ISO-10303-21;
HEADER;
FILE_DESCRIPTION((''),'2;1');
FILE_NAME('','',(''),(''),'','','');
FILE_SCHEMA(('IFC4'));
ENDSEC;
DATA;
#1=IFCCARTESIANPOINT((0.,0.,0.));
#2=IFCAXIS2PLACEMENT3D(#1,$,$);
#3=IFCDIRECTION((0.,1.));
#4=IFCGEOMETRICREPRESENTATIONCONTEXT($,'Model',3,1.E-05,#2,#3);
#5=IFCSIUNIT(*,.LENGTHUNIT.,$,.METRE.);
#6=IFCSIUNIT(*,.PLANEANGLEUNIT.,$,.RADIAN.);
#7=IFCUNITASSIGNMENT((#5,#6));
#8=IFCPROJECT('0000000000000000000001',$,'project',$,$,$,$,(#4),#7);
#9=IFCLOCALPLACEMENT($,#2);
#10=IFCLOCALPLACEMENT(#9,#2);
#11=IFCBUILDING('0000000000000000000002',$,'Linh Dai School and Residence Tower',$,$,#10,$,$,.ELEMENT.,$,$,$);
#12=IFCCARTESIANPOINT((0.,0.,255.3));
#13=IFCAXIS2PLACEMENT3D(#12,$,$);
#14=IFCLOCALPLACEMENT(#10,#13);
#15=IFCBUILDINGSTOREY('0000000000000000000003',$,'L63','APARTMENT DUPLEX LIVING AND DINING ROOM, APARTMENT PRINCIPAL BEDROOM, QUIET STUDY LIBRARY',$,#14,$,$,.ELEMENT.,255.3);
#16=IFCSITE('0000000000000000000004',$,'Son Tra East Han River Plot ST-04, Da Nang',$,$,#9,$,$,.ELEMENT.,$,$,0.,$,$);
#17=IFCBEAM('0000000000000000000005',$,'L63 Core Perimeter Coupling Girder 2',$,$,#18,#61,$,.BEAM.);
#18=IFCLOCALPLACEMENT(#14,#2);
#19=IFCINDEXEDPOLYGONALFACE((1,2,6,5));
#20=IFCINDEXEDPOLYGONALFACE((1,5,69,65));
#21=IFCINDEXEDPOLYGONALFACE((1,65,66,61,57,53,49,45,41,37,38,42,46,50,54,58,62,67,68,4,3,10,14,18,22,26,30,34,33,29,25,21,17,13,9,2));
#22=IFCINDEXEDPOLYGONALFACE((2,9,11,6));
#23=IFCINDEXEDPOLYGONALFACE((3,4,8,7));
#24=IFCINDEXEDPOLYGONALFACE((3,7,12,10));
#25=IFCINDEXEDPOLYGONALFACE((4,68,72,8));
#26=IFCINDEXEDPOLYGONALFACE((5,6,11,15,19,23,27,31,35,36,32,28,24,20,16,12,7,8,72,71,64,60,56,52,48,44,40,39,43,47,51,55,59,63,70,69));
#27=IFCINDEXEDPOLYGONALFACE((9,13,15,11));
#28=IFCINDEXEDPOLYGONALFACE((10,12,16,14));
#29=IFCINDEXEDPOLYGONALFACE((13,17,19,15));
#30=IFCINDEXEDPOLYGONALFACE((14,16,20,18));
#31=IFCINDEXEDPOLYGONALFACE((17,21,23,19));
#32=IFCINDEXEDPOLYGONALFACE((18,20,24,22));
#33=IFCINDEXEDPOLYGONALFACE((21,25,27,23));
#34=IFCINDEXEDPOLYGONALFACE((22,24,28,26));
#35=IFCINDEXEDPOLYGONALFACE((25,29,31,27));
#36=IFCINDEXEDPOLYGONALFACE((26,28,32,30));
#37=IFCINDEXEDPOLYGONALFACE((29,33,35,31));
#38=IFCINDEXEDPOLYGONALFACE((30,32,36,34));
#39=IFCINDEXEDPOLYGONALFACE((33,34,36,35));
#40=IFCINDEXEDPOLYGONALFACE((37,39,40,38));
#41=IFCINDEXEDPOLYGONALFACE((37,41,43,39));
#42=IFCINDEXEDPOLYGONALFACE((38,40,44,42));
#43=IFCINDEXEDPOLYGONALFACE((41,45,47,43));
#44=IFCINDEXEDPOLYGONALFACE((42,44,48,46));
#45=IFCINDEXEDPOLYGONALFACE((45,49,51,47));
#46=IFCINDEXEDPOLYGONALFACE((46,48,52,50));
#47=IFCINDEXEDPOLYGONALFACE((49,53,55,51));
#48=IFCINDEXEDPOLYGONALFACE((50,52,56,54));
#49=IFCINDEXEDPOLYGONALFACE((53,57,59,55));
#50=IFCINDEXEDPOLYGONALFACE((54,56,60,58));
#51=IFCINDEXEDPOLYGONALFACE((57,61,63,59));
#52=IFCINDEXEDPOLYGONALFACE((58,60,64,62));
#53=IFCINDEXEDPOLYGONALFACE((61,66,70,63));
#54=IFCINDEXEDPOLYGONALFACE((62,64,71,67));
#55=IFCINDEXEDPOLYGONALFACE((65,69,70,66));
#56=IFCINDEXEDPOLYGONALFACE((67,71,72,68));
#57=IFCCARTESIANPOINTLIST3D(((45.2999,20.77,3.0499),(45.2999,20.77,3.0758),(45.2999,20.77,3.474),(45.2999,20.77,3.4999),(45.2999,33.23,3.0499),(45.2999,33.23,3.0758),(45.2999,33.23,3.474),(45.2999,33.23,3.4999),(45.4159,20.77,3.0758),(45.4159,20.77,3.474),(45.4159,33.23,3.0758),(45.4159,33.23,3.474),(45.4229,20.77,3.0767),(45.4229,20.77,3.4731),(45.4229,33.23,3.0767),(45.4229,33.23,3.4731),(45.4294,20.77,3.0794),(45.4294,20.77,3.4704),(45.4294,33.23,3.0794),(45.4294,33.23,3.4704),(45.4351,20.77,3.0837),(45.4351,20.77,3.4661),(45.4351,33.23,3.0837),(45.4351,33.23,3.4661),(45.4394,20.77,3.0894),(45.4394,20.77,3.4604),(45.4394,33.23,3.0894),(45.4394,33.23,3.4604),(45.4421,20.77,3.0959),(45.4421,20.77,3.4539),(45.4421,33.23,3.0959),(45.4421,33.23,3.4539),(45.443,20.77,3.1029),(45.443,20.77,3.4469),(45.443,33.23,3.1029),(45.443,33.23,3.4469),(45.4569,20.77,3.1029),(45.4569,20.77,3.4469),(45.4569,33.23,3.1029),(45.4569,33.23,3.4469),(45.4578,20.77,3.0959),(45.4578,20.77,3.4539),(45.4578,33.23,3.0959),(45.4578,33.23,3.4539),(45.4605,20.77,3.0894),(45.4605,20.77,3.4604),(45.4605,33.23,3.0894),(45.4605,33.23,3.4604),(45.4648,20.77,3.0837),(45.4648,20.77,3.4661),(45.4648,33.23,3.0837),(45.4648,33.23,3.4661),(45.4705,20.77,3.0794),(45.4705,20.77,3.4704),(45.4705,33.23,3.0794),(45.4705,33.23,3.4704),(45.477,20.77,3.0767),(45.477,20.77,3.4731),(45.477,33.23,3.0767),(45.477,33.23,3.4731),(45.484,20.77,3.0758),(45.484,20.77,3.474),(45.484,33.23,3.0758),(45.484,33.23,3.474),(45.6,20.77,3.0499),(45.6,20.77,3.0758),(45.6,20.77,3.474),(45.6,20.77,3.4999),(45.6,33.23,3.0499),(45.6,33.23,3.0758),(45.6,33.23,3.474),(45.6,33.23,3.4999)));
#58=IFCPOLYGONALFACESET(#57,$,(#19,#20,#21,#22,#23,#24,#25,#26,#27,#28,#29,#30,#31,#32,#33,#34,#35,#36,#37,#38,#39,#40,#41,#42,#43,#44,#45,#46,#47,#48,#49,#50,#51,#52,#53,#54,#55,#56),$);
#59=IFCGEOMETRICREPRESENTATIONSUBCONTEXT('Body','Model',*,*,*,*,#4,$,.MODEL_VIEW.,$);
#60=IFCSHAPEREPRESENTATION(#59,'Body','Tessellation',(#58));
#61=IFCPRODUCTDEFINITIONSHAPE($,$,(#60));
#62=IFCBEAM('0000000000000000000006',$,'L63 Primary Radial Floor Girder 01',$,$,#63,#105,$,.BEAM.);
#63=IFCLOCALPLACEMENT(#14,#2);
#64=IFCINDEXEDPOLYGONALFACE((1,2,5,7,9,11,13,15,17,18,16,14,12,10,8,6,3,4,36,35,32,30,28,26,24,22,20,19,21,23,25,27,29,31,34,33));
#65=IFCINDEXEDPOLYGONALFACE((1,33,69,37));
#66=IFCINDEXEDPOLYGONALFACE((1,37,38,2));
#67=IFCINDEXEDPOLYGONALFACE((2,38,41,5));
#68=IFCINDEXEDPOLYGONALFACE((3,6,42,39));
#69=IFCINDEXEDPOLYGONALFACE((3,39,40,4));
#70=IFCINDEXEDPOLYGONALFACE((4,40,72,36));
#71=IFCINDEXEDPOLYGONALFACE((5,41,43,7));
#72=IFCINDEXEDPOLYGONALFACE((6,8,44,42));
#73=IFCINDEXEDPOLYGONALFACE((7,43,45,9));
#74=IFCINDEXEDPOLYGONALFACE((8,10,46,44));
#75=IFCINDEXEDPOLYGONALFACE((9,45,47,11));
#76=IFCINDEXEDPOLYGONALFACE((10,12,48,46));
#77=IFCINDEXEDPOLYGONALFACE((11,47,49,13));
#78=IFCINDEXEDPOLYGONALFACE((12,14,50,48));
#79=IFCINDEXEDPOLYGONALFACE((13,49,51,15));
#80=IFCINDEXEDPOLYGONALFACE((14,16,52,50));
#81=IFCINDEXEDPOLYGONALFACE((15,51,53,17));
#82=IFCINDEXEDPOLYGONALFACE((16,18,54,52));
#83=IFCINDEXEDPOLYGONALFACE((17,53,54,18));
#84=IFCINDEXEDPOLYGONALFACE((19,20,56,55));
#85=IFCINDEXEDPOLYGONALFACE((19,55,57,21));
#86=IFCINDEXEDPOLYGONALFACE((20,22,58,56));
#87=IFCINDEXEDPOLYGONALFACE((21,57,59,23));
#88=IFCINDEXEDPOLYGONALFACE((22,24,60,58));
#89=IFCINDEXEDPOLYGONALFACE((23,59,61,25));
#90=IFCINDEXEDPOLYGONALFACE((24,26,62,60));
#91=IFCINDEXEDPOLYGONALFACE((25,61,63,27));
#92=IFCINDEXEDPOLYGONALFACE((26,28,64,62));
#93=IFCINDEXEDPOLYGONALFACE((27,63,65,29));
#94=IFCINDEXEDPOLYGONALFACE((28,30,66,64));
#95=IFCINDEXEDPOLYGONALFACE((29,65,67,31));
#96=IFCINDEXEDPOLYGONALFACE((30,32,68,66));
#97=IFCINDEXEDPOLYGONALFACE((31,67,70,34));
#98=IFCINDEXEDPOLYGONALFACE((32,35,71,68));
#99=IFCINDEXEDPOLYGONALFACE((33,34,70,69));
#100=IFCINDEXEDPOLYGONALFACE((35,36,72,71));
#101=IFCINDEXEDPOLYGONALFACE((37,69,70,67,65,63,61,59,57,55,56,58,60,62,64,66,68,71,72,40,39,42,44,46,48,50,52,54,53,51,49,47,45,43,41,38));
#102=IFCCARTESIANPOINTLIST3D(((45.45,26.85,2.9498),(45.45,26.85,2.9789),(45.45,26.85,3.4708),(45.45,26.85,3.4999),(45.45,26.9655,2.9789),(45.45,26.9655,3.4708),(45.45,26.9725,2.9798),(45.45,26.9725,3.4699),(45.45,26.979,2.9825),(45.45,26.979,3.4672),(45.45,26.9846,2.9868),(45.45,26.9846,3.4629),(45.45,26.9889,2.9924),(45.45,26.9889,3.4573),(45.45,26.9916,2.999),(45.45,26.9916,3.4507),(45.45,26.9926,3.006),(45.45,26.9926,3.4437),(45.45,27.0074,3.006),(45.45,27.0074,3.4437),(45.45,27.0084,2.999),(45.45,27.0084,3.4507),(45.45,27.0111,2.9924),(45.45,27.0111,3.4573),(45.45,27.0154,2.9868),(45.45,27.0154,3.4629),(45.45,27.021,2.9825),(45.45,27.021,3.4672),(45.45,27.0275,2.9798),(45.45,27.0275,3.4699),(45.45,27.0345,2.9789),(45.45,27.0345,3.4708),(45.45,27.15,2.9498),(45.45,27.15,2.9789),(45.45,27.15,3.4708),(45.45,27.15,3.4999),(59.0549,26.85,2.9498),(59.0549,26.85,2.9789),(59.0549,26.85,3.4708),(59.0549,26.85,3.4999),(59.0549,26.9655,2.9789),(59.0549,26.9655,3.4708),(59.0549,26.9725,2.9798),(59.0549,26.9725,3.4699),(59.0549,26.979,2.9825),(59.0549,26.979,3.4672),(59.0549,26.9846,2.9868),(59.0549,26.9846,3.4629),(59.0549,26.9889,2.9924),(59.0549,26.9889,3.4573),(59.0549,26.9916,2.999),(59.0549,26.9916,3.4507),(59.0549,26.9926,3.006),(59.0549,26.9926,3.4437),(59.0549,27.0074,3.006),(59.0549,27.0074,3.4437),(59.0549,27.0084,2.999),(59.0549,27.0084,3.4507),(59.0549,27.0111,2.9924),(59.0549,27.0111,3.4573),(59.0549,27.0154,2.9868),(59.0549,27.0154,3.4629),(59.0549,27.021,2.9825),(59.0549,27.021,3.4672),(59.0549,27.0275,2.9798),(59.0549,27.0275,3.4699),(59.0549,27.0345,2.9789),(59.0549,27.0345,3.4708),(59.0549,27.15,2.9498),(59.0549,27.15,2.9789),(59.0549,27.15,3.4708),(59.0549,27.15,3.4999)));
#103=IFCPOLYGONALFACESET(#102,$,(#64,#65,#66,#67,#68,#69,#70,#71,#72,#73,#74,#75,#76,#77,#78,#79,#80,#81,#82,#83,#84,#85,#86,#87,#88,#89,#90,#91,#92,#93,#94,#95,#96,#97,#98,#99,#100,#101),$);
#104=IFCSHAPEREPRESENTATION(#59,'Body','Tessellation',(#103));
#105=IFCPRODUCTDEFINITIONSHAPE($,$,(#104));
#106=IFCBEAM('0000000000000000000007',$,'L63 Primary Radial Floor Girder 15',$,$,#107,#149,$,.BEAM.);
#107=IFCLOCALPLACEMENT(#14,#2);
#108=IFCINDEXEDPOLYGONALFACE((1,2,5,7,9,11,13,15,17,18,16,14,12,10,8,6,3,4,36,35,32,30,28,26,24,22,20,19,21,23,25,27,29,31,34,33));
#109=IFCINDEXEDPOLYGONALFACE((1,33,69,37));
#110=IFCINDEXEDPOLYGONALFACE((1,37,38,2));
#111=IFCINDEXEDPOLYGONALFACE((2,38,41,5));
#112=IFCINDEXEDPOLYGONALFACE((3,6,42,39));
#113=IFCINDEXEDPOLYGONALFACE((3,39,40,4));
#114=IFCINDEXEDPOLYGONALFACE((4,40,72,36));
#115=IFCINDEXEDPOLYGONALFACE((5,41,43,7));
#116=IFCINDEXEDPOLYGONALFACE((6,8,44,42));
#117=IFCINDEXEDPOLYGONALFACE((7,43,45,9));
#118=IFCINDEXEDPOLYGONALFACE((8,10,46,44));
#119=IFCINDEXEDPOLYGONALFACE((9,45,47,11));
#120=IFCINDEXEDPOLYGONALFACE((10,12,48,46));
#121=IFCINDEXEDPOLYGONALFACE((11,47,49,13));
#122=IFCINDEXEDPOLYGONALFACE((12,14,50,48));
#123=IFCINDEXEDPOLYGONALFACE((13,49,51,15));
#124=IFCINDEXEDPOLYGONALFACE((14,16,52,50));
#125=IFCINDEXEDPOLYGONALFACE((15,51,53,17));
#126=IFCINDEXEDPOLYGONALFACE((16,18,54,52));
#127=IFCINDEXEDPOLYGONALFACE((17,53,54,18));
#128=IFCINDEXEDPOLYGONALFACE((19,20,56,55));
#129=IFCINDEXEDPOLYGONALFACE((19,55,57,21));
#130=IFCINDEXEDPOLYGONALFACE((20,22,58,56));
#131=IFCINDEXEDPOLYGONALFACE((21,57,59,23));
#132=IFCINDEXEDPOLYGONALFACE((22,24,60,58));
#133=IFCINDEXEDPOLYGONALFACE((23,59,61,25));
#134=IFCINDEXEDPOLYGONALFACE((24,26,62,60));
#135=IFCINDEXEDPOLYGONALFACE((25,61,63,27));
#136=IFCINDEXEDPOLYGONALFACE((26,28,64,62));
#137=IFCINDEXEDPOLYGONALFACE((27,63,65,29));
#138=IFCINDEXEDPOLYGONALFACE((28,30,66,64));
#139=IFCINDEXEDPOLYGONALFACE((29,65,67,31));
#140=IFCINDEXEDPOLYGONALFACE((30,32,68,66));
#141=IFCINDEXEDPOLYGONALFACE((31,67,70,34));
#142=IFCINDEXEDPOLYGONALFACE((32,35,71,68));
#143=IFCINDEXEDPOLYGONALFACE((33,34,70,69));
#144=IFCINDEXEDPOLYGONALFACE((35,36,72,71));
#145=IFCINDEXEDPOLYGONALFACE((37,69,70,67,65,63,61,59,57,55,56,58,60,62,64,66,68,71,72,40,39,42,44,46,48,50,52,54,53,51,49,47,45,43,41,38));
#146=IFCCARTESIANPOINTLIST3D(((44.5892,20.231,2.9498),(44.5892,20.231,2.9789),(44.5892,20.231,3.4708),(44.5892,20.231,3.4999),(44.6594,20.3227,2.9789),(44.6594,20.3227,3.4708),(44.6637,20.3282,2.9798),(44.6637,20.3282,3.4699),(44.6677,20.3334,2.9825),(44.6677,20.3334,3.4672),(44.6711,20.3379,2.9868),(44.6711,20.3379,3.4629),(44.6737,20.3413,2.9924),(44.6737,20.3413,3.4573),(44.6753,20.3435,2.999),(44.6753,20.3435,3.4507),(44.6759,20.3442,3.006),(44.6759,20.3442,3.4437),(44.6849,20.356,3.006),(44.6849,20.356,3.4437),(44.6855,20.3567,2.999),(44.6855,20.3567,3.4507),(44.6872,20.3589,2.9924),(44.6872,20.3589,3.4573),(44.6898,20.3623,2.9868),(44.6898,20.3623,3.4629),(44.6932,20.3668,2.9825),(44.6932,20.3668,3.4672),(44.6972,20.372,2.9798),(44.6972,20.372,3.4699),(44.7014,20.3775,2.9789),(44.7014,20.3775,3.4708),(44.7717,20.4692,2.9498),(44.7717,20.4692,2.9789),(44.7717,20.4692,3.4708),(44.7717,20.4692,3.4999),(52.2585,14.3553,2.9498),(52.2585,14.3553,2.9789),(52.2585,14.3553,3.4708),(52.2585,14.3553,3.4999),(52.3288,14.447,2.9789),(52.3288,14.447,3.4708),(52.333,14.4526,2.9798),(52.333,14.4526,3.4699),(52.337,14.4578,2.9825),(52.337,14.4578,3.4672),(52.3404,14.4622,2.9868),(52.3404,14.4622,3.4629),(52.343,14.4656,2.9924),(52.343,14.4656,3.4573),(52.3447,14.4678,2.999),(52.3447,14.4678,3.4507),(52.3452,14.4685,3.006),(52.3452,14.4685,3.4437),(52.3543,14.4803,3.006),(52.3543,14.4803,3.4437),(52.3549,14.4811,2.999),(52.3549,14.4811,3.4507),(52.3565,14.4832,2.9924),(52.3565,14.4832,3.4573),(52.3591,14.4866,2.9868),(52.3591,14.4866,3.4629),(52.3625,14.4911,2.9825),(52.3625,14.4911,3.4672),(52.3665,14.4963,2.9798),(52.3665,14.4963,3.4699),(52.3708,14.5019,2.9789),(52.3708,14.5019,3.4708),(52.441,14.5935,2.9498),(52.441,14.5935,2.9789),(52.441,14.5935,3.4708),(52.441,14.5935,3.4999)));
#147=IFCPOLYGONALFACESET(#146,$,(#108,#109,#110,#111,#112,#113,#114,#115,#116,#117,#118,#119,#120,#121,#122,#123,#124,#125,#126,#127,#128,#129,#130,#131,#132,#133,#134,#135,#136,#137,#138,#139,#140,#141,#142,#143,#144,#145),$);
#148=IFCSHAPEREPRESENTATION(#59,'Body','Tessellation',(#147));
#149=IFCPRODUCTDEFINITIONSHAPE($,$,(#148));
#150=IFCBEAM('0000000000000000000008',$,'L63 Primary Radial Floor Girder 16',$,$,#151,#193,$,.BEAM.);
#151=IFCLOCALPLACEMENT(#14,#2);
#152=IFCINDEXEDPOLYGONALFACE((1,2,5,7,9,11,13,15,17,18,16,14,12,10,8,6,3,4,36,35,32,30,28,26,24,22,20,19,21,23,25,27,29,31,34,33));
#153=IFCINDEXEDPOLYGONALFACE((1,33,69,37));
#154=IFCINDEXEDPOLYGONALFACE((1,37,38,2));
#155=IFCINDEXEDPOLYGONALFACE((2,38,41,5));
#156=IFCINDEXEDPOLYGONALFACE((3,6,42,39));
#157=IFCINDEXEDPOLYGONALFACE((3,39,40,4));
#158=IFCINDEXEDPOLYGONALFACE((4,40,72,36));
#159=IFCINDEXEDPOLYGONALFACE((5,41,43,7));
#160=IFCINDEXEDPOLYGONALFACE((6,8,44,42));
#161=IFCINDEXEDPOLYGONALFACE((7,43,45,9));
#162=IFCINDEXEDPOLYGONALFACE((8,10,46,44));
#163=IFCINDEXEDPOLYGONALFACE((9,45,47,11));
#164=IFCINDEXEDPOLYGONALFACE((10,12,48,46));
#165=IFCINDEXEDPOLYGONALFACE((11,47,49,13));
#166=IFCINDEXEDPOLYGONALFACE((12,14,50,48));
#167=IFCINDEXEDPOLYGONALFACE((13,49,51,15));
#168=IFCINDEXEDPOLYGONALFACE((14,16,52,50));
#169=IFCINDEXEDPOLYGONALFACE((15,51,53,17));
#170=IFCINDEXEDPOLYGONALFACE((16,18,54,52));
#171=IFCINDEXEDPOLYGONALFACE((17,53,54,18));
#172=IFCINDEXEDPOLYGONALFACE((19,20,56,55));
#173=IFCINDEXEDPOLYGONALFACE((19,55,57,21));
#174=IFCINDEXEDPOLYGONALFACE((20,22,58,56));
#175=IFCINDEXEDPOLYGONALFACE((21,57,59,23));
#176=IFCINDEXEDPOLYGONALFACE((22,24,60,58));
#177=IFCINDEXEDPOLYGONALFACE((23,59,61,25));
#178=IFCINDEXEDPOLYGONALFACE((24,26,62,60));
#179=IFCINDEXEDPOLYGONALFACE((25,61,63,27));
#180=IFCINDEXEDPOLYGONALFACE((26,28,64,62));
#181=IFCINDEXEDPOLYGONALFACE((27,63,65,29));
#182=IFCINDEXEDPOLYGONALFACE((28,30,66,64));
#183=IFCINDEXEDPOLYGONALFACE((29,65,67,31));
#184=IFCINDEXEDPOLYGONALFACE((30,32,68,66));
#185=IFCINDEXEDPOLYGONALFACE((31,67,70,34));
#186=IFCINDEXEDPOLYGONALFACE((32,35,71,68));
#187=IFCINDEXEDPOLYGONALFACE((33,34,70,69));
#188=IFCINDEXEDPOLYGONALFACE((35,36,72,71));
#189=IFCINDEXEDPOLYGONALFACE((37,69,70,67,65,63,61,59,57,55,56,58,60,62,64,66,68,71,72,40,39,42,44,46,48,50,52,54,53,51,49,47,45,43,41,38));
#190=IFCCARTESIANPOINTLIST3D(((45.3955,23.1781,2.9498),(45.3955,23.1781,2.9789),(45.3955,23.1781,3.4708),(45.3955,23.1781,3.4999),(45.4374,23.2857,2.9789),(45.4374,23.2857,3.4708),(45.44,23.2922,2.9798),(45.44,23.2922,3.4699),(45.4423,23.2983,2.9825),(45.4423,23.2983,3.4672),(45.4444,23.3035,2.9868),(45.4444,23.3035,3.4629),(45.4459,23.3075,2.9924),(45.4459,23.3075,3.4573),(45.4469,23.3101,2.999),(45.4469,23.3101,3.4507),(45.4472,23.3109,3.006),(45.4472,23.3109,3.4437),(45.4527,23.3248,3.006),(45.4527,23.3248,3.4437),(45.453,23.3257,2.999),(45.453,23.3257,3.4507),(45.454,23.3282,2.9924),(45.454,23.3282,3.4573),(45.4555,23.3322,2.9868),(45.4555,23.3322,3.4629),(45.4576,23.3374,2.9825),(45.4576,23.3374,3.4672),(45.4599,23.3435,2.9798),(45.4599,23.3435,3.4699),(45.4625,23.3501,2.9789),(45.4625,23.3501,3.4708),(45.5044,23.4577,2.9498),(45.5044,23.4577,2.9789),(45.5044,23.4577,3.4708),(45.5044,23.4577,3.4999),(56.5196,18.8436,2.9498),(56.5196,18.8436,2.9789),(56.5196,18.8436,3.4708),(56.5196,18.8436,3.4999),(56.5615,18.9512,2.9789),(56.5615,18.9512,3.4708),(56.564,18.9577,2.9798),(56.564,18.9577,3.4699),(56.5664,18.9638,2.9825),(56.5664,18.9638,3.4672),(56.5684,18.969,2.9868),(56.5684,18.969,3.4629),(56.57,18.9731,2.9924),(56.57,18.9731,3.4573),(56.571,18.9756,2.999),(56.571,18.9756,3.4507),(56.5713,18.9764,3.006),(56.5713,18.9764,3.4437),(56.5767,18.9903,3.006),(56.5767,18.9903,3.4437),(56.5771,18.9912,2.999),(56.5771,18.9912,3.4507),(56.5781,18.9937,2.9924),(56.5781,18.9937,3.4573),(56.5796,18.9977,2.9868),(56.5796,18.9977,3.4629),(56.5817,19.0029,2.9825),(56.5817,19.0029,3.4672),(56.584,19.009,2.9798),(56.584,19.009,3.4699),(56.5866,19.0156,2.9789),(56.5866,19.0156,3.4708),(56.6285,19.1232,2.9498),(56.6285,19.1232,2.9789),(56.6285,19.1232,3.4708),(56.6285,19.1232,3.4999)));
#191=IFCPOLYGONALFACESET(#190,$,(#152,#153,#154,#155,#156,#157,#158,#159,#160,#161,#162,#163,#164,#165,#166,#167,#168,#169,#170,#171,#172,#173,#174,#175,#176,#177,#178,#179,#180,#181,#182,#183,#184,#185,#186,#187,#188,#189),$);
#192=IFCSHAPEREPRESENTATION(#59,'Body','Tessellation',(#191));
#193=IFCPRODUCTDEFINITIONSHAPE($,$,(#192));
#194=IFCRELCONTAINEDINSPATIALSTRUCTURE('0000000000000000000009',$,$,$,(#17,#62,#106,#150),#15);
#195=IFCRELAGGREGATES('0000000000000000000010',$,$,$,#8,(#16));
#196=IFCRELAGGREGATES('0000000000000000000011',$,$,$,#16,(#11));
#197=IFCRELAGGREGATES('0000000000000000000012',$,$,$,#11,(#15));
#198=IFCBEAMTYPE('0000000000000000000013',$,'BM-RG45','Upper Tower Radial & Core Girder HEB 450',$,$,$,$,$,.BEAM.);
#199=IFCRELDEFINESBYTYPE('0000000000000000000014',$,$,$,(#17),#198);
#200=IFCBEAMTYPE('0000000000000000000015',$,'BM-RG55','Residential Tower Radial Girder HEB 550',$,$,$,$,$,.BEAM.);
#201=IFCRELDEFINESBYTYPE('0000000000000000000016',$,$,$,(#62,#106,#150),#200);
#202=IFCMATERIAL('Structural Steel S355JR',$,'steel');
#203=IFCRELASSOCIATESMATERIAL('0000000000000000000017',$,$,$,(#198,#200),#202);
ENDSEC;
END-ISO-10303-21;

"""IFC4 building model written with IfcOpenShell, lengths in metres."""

from ifc_helpers import new_model, si_unit, direction, frame, origin, origin_2d, place, context, subcontext, project, spatial, i_section, extrude, material, material_profile, profile_set, type_object, element, save


model = new_model("IFC4")

# Units and contexts
model_context = context("Model", 3, precision=1e-05, world=origin(), true_north=direction((0.0, 1.0)))
body_context = subcontext(model_context, "Body", "Model", "MODEL_VIEW")
ifc_project = project(units=[si_unit("LENGTHUNIT", "METRE"), si_unit("PLANEANGLEUNIT", "RADIAN")], contexts=[model_context])

# Site, building, storey
site_placement = place(None, origin())
site = spatial("IfcSite", under=ifc_project, at=site_placement, Name="Son Tra East Han River Plot ST-04, Da Nang", CompositionType="ELEMENT", RefElevation=0.0)
building_placement = place(site_placement, origin())
building = spatial("IfcBuilding", under=site, at=building_placement, Name="Linh Dai School and Residence Tower", CompositionType="ELEMENT")
storey_placement = place(building_placement, frame((0.0, 0.0, 255.3)))
storey = spatial("IfcBuildingStorey", under=building, at=storey_placement, Name="L63", Description="APARTMENT DUPLEX LIVING AND DINING ROOM, APARTMENT PRINCIPAL BEDROOM, QUIET STUDY LIBRARY", CompositionType="ELEMENT", Elevation=255.3)

# Shared definitions
ifc_material_1 = material(Name="Structural Steel S355JR", Category="steel")

# Beams
ifc_material_profile_1 = material_profile(ifc_material_1, i_section(OverallWidth=0.3, OverallDepth=0.45, WebThickness=0.0139, FlangeThickness=0.0259, FilletRadius=0.0271, at=origin_2d()), Name="HEB 450")
ifc_profile_set_1 = profile_set([ifc_material_profile_1], Name="Structural Steel S355JR")
beam_type_1 = type_object("IfcBeamType", Name="BM-RG45", Description="Upper Tower Radial & Core Girder HEB 450", PredefinedType="BEAM", material=ifc_profile_set_1)
beam_1_placement = place(storey_placement, frame((45.45, 20.77, 3.2749), z_axis=(0.0, 1.0, 0.0), x_axis=(-1.0, 0.0, 0.0)))
element("IfcBeam", 1, at=beam_1_placement, inside=storey, type_object=beam_type_1, Name="L63 Core Perimeter Coupling Girder 2", PredefinedType="BEAM", context=body_context, shape_type="SweptSolid", body=[
    extrude(i_section(OverallWidth=0.3, OverallDepth=0.45, WebThickness=0.0139, FlangeThickness=0.0259, FilletRadius=0.0271, at=origin_2d()), origin(), (0.0, 0.0, 1.0), 12.46),
])
ifc_material_profile_2 = material_profile(ifc_material_1, i_section(OverallWidth=0.3, OverallDepth=0.55, WebThickness=0.0149, FlangeThickness=0.0291, FilletRadius=0.0271, at=origin_2d()), Name="HEB 550")
ifc_profile_set_2 = profile_set([ifc_material_profile_2], Name="Structural Steel S355JR")
beam_type_2 = type_object("IfcBeamType", Name="BM-RG55", Description="Residential Tower Radial Girder HEB 550", PredefinedType="BEAM", material=ifc_profile_set_2)
beam_2_placement = place(storey_placement, frame((45.45, 27.0, 3.2249), z_axis=(1.0, 0.0, 0.0), x_axis=(0.0, 1.0, 0.0)))
element("IfcBeam", 2, at=beam_2_placement, inside=storey, type_object=beam_type_2, Name="L63 Primary Radial Floor Girder 01", PredefinedType="BEAM", context=body_context, shape_type="SweptSolid", body=[
    extrude(i_section(OverallWidth=0.3, OverallDepth=0.55, WebThickness=0.0149, FlangeThickness=0.0291, FilletRadius=0.0271, at=origin_2d()), origin(), (0.0, 0.0, 1.0), 13.605),
])
beam_3_placement = place(storey_placement, frame((44.6804, 20.3501, 3.2249), z_axis=(0.793815, -0.60816, 0.0), x_axis=(0.60816, 0.793815, 0.0)))
element("IfcBeam", 3, at=beam_3_placement, inside=storey, type_object=beam_type_2, Name="L63 Primary Radial Floor Girder 15", PredefinedType="BEAM", context=body_context, shape_type="SweptSolid", body=[
    extrude(i_section(OverallWidth=0.3, OverallDepth=0.55, WebThickness=0.0149, FlangeThickness=0.0291, FilletRadius=0.0271, at=origin_2d()), origin(), (0.0, 0.0, 1.0), 9.6614),
])
beam_4_placement = place(storey_placement, frame((45.45, 23.3179, 3.2249), z_axis=(0.931765, -0.363062, 0.0), x_axis=(0.363062, 0.931765, 0.0)))
element("IfcBeam", 4, at=beam_4_placement, inside=storey, type_object=beam_type_2, Name="L63 Primary Radial Floor Girder 16", PredefinedType="BEAM", context=body_context, shape_type="SweptSolid", body=[
    extrude(i_section(OverallWidth=0.3, OverallDepth=0.55, WebThickness=0.0149, FlangeThickness=0.0291, FilletRadius=0.0271, at=origin_2d()), origin(), (0.0, 0.0, 1.0), 11.9387),
])

save(model, "model.ifc")
